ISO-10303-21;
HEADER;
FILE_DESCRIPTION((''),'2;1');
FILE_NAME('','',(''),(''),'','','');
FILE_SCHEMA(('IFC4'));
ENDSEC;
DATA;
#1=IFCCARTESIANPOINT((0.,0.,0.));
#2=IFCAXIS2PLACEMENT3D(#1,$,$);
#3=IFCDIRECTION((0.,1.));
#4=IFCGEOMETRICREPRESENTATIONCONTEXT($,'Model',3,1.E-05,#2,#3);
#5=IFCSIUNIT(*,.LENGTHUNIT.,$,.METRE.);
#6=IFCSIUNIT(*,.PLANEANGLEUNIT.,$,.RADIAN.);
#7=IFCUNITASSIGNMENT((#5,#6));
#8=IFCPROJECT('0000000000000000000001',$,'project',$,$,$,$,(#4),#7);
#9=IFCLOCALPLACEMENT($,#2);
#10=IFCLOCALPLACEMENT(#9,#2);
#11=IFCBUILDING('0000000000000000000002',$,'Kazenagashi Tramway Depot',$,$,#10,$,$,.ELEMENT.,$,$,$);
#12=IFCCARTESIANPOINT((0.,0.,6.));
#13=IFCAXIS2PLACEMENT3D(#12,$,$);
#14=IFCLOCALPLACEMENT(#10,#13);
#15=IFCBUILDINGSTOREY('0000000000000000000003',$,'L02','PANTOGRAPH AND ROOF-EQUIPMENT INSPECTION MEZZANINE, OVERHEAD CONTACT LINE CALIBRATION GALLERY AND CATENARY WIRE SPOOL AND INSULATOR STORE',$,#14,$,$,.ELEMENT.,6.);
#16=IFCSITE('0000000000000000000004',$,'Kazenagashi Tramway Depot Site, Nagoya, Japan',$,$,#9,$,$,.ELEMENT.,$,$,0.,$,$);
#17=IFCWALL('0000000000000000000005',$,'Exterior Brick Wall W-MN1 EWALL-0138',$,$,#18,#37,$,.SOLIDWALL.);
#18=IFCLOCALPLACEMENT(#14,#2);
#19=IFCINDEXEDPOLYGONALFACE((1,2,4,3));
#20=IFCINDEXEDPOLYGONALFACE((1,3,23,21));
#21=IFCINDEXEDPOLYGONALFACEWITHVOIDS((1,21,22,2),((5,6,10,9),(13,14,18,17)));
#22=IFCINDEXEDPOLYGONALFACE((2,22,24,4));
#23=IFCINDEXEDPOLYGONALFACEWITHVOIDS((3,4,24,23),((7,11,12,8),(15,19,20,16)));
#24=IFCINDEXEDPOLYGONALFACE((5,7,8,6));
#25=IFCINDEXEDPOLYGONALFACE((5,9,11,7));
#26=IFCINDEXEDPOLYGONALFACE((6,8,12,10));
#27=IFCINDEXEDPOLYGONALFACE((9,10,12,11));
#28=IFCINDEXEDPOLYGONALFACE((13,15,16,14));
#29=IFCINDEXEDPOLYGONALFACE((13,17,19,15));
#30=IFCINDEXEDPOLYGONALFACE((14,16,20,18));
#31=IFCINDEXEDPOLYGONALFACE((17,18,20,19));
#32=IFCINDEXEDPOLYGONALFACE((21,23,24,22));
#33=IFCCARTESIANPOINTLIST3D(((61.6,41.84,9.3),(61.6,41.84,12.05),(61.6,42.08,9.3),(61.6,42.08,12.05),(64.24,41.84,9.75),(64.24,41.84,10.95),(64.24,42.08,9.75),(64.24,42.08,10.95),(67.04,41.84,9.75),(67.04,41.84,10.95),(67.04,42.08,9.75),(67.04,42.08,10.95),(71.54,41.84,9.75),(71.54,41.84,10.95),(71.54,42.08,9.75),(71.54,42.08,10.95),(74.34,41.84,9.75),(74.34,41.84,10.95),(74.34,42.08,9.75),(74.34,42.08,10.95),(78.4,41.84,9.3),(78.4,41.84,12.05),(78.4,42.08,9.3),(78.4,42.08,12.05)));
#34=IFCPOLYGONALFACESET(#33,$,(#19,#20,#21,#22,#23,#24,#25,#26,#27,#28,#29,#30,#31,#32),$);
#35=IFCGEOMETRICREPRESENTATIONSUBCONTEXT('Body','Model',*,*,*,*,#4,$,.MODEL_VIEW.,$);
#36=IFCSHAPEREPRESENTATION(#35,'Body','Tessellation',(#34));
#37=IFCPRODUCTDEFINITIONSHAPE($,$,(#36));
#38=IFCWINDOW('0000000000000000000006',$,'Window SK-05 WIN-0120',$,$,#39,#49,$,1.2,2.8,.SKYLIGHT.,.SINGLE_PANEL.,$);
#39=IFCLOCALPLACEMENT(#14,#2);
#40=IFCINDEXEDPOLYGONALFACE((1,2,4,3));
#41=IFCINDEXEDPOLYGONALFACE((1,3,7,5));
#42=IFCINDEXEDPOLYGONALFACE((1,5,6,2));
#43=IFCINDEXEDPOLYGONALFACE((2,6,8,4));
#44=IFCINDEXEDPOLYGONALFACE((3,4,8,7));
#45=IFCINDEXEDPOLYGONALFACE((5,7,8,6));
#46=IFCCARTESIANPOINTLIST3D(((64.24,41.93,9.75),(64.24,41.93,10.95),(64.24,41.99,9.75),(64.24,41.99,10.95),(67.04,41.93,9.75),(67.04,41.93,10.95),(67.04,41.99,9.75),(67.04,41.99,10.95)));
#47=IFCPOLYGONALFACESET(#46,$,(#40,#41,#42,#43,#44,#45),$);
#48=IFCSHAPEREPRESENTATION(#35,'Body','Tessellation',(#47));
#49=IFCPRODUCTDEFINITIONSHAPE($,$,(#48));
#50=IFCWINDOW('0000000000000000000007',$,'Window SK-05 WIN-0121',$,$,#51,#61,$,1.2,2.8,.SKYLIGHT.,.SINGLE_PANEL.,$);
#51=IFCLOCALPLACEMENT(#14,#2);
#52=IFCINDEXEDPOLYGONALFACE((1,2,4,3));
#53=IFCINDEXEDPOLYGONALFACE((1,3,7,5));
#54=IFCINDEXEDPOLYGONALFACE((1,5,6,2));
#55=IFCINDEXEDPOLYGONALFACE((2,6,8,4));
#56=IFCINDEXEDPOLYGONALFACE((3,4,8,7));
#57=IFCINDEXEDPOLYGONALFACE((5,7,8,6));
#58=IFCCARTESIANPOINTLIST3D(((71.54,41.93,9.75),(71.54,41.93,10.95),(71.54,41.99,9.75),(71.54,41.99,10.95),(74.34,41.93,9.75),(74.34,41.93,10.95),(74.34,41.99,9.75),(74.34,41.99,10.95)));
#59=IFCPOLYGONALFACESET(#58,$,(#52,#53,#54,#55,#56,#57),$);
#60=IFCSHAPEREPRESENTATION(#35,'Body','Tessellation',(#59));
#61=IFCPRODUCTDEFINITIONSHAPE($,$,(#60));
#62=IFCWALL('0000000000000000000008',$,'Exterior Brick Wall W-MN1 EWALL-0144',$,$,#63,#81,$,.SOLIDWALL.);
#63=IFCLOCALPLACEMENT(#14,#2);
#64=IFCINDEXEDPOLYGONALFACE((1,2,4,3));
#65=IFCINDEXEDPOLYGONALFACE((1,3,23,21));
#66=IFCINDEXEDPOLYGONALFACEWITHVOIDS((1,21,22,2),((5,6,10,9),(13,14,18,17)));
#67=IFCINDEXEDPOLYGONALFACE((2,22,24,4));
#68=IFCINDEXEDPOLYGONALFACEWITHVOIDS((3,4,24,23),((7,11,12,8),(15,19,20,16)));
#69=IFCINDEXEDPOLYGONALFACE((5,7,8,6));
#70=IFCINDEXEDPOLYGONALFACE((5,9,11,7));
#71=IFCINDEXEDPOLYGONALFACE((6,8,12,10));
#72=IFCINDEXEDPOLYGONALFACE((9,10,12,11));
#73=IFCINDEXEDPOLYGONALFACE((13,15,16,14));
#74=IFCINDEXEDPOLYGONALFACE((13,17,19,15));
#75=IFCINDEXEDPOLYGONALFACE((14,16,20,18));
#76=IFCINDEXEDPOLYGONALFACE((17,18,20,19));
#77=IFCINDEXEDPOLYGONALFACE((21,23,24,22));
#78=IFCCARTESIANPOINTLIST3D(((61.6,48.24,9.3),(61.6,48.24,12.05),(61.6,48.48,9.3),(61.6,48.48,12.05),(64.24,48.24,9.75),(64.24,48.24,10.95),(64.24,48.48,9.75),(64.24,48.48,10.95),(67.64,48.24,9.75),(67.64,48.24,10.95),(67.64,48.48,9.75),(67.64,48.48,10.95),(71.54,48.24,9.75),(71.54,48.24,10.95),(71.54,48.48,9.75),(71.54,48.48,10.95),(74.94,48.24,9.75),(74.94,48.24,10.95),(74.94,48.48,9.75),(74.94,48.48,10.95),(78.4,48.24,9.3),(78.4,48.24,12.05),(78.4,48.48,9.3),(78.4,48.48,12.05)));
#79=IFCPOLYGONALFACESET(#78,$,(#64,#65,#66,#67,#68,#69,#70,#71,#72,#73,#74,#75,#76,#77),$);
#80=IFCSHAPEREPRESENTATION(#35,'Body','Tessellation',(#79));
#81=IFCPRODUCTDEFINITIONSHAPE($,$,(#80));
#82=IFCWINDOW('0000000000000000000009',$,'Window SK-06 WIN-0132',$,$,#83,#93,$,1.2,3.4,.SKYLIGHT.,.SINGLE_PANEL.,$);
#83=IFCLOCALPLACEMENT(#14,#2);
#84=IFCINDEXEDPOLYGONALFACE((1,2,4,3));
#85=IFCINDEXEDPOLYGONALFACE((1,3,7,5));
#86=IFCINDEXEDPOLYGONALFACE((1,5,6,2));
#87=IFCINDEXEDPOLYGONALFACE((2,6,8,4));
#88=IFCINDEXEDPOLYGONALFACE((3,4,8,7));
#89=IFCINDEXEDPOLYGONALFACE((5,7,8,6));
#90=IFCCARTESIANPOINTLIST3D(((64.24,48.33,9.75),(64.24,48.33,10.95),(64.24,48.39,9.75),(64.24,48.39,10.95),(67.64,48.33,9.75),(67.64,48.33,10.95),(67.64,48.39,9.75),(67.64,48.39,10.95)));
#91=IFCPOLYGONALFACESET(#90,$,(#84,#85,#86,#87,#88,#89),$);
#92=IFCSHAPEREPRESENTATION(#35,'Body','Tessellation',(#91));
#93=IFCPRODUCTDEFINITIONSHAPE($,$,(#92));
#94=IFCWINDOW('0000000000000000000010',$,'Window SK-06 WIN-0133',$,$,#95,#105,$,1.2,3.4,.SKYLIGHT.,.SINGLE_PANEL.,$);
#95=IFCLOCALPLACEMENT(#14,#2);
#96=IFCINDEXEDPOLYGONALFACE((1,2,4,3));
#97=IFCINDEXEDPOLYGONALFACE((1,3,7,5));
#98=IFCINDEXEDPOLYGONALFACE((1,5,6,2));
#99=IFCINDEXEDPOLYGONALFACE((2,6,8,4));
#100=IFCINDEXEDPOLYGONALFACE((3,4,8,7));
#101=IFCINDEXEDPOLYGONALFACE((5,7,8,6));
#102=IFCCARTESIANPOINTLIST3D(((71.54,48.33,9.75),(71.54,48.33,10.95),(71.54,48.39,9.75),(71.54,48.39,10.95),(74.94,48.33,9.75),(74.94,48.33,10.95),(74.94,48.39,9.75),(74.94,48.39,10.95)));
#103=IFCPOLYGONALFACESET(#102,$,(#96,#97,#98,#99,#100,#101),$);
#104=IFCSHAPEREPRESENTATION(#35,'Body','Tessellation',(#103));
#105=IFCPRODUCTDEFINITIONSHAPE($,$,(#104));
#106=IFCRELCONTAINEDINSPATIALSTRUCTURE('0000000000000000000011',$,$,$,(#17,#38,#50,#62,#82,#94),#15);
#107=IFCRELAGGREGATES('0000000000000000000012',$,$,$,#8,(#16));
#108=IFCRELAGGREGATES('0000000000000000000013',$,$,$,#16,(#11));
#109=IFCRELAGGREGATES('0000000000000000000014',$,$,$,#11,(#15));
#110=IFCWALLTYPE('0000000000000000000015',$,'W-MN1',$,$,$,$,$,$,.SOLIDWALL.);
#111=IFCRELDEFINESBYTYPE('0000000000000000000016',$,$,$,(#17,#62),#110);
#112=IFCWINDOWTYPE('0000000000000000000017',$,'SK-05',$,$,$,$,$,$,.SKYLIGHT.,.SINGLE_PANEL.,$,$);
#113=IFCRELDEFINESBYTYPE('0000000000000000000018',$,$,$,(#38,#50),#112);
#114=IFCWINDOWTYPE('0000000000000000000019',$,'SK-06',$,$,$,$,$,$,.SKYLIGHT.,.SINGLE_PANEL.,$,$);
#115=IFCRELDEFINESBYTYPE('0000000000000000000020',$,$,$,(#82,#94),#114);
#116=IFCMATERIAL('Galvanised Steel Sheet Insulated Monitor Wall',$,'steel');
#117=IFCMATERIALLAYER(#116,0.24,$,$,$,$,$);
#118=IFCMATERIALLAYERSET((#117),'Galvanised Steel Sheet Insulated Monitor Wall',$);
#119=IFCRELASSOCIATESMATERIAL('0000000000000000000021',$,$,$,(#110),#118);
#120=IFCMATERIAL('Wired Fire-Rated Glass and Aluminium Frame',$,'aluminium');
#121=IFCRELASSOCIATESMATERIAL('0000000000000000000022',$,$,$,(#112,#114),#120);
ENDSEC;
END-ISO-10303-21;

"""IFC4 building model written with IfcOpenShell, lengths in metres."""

from ifc_helpers import new_model, si_unit, direction, frame, frame_2d, origin, place, context, subcontext, project, spatial, rectangle, extrude, material, layer, layer_set, type_object, element, fill, save


model = new_model("IFC4")

# Units and contexts
model_context = context("Model", 3, precision=1e-05, world=origin(), true_north=direction((0.0, 1.0)))
body_context = subcontext(model_context, "Body", "Model", "MODEL_VIEW")
ifc_project = project(units=[si_unit("LENGTHUNIT", "METRE"), si_unit("PLANEANGLEUNIT", "RADIAN")], contexts=[model_context])

# Site, building, storey
site_placement = place(None, origin())
site = spatial("IfcSite", under=ifc_project, at=site_placement, Name="Kazenagashi Tramway Depot Site, Nagoya, Japan", CompositionType="ELEMENT", RefElevation=0.0)
building_placement = place(site_placement, origin())
building = spatial("IfcBuilding", under=site, at=building_placement, Name="Kazenagashi Tramway Depot", CompositionType="ELEMENT")
storey_placement = place(building_placement, frame((0.0, 0.0, 6.0)))
storey = spatial("IfcBuildingStorey", under=building, at=storey_placement, Name="L02", Description="PANTOGRAPH AND ROOF-EQUIPMENT INSPECTION MEZZANINE, OVERHEAD CONTACT LINE CALIBRATION GALLERY AND CATENARY WIRE SPOOL AND INSULATOR STORE", CompositionType="ELEMENT", Elevation=6.0)

# Walls, openings, windows
ifc_material_1 = material(Name="Galvanised Steel Sheet Insulated Monitor Wall", Category="steel")
ifc_layer = layer(ifc_material_1, 0.24)
ifc_layer_set = layer_set([ifc_layer], Name="Galvanised Steel Sheet Insulated Monitor Wall")
wall_type = type_object("IfcWallType", Name="W-MN1", PredefinedType="SOLIDWALL", material=ifc_layer_set)
ifc_material_2 = material(Name="Wired Fire-Rated Glass and Aluminium Frame", Category="aluminium")
wall_1_placement = place(storey_placement, frame((61.6, 41.96, 9.3), z_axis=(0.0, 0.0, 1.0), x_axis=(1.0, 0.0, 0.0)))
wall_1 = element("IfcWall", 1, at=wall_1_placement, inside=storey, type_object=wall_type, Name="Exterior Brick Wall W-MN1 EWALL-0138", PredefinedType="SOLIDWALL", context=body_context, shape_type="SweptSolid", body=[
    extrude(rectangle(XDim=16.8, YDim=0.24, at=frame_2d((8.4, 0.0))), origin(), (0.0, 0.0, 1.0), 2.75),
])
opening_1_placement = place(wall_1_placement, frame((2.64, 0.0, 0.45)))
opening_1 = element("IfcOpeningElement", 2, at=opening_1_placement, cuts=wall_1, PredefinedType="OPENING", context=body_context, shape_type="SweptSolid", body=[
    extrude(rectangle(XDim=2.8, YDim=1.2, at=frame_2d((1.4, 0.6))), frame((0.0, 0.13, 0.0), z_axis=(0.0, -1.0, 0.0), x_axis=(1.0, 0.0, 0.0)), (0.0, 0.0, 1.0), 0.26),
])
opening_2_placement = place(wall_1_placement, frame((9.94, 0.0, 0.45)))
opening_2 = element("IfcOpeningElement", 3, at=opening_2_placement, cuts=wall_1, PredefinedType="OPENING", context=body_context, shape_type="SweptSolid", body=[
    extrude(rectangle(XDim=2.8, YDim=1.2, at=frame_2d((1.4, 0.6))), frame((0.0, 0.13, 0.0), z_axis=(0.0, -1.0, 0.0), x_axis=(1.0, 0.0, 0.0)), (0.0, 0.0, 1.0), 0.26),
])
window_type_1 = type_object("IfcWindowType", Name="SK-05", PartitioningType="SINGLE_PANEL", PredefinedType="SKYLIGHT", material=ifc_material_2)
window_1_placement = place(opening_1_placement, origin())
window_1 = element("IfcWindow", 4, at=window_1_placement, inside=storey, type_object=window_type_1, Name="Window SK-05 WIN-0120", OverallHeight=1.2, OverallWidth=2.8, PartitioningType="SINGLE_PANEL", PredefinedType="SKYLIGHT", context=body_context, shape_type="SweptSolid", body=[
    extrude(rectangle(XDim=2.8, YDim=1.2, at=frame_2d((1.4, 0.6))), frame((0.0, 0.03, 0.0), z_axis=(0.0, -1.0, 0.0), x_axis=(1.0, 0.0, 0.0)), (0.0, 0.0, 1.0), 0.06),
])
fill(opening_1, window_1)
window_2_placement = place(opening_2_placement, origin())
window_2 = element("IfcWindow", 5, at=window_2_placement, inside=storey, type_object=window_type_1, Name="Window SK-05 WIN-0121", OverallHeight=1.2, OverallWidth=2.8, PartitioningType="SINGLE_PANEL", PredefinedType="SKYLIGHT", context=body_context, shape_type="SweptSolid", body=[
    extrude(rectangle(XDim=2.8, YDim=1.2, at=frame_2d((1.4, 0.6))), frame((0.0, 0.03, 0.0), z_axis=(0.0, -1.0, 0.0), x_axis=(1.0, 0.0, 0.0)), (0.0, 0.0, 1.0), 0.06),
])
fill(opening_2, window_2)
wall_2_placement = place(storey_placement, frame((61.6, 48.36, 9.3), z_axis=(0.0, 0.0, 1.0), x_axis=(1.0, 0.0, 0.0)))
wall_2 = element("IfcWall", 6, at=wall_2_placement, inside=storey, type_object=wall_type, Name="Exterior Brick Wall W-MN1 EWALL-0144", PredefinedType="SOLIDWALL", context=body_context, shape_type="SweptSolid", body=[
    extrude(rectangle(XDim=16.8, YDim=0.24, at=frame_2d((8.4, 0.0))), origin(), (0.0, 0.0, 1.0), 2.75),
])
opening_3_placement = place(wall_2_placement, frame((2.64, 0.0, 0.45)))
opening_3 = element("IfcOpeningElement", 7, at=opening_3_placement, cuts=wall_2, PredefinedType="OPENING", context=body_context, shape_type="SweptSolid", body=[
    extrude(rectangle(XDim=3.4, YDim=1.2, at=frame_2d((1.7, 0.6))), frame((0.0, 0.13, 0.0), z_axis=(0.0, -1.0, 0.0), x_axis=(1.0, 0.0, 0.0)), (0.0, 0.0, 1.0), 0.26),
])
opening_4_placement = place(wall_2_placement, frame((9.94, 0.0, 0.45)))
opening_4 = element("IfcOpeningElement", 8, at=opening_4_placement, cuts=wall_2, PredefinedType="OPENING", context=body_context, shape_type="SweptSolid", body=[
    extrude(rectangle(XDim=3.4, YDim=1.2, at=frame_2d((1.7, 0.6))), frame((0.0, 0.13, 0.0), z_axis=(0.0, -1.0, 0.0), x_axis=(1.0, 0.0, 0.0)), (0.0, 0.0, 1.0), 0.26),
])
window_type_2 = type_object("IfcWindowType", Name="SK-06", PartitioningType="SINGLE_PANEL", PredefinedType="SKYLIGHT", material=ifc_material_2)
window_3_placement = place(opening_3_placement, origin())
window_3 = element("IfcWindow", 9, at=window_3_placement, inside=storey, type_object=window_type_2, Name="Window SK-06 WIN-0132", OverallHeight=1.2, OverallWidth=3.4, PartitioningType="SINGLE_PANEL", PredefinedType="SKYLIGHT", context=body_context, shape_type="SweptSolid", body=[
    extrude(rectangle(XDim=3.4, YDim=1.2, at=frame_2d((1.7, 0.6))), frame((0.0, 0.03, 0.0), z_axis=(0.0, -1.0, 0.0), x_axis=(1.0, 0.0, 0.0)), (0.0, 0.0, 1.0), 0.06),
])
fill(opening_3, window_3)
window_4_placement = place(opening_4_placement, origin())
window_4 = element("IfcWindow", 10, at=window_4_placement, inside=storey, type_object=window_type_2, Name="Window SK-06 WIN-0133", OverallHeight=1.2, OverallWidth=3.4, PartitioningType="SINGLE_PANEL", PredefinedType="SKYLIGHT", context=body_context, shape_type="SweptSolid", body=[
    extrude(rectangle(XDim=3.4, YDim=1.2, at=frame_2d((1.7, 0.6))), frame((0.0, 0.03, 0.0), z_axis=(0.0, -1.0, 0.0), x_axis=(1.0, 0.0, 0.0)), (0.0, 0.0, 1.0), 0.06),
])
fill(opening_4, window_4)

save(model, "model.ifc")
